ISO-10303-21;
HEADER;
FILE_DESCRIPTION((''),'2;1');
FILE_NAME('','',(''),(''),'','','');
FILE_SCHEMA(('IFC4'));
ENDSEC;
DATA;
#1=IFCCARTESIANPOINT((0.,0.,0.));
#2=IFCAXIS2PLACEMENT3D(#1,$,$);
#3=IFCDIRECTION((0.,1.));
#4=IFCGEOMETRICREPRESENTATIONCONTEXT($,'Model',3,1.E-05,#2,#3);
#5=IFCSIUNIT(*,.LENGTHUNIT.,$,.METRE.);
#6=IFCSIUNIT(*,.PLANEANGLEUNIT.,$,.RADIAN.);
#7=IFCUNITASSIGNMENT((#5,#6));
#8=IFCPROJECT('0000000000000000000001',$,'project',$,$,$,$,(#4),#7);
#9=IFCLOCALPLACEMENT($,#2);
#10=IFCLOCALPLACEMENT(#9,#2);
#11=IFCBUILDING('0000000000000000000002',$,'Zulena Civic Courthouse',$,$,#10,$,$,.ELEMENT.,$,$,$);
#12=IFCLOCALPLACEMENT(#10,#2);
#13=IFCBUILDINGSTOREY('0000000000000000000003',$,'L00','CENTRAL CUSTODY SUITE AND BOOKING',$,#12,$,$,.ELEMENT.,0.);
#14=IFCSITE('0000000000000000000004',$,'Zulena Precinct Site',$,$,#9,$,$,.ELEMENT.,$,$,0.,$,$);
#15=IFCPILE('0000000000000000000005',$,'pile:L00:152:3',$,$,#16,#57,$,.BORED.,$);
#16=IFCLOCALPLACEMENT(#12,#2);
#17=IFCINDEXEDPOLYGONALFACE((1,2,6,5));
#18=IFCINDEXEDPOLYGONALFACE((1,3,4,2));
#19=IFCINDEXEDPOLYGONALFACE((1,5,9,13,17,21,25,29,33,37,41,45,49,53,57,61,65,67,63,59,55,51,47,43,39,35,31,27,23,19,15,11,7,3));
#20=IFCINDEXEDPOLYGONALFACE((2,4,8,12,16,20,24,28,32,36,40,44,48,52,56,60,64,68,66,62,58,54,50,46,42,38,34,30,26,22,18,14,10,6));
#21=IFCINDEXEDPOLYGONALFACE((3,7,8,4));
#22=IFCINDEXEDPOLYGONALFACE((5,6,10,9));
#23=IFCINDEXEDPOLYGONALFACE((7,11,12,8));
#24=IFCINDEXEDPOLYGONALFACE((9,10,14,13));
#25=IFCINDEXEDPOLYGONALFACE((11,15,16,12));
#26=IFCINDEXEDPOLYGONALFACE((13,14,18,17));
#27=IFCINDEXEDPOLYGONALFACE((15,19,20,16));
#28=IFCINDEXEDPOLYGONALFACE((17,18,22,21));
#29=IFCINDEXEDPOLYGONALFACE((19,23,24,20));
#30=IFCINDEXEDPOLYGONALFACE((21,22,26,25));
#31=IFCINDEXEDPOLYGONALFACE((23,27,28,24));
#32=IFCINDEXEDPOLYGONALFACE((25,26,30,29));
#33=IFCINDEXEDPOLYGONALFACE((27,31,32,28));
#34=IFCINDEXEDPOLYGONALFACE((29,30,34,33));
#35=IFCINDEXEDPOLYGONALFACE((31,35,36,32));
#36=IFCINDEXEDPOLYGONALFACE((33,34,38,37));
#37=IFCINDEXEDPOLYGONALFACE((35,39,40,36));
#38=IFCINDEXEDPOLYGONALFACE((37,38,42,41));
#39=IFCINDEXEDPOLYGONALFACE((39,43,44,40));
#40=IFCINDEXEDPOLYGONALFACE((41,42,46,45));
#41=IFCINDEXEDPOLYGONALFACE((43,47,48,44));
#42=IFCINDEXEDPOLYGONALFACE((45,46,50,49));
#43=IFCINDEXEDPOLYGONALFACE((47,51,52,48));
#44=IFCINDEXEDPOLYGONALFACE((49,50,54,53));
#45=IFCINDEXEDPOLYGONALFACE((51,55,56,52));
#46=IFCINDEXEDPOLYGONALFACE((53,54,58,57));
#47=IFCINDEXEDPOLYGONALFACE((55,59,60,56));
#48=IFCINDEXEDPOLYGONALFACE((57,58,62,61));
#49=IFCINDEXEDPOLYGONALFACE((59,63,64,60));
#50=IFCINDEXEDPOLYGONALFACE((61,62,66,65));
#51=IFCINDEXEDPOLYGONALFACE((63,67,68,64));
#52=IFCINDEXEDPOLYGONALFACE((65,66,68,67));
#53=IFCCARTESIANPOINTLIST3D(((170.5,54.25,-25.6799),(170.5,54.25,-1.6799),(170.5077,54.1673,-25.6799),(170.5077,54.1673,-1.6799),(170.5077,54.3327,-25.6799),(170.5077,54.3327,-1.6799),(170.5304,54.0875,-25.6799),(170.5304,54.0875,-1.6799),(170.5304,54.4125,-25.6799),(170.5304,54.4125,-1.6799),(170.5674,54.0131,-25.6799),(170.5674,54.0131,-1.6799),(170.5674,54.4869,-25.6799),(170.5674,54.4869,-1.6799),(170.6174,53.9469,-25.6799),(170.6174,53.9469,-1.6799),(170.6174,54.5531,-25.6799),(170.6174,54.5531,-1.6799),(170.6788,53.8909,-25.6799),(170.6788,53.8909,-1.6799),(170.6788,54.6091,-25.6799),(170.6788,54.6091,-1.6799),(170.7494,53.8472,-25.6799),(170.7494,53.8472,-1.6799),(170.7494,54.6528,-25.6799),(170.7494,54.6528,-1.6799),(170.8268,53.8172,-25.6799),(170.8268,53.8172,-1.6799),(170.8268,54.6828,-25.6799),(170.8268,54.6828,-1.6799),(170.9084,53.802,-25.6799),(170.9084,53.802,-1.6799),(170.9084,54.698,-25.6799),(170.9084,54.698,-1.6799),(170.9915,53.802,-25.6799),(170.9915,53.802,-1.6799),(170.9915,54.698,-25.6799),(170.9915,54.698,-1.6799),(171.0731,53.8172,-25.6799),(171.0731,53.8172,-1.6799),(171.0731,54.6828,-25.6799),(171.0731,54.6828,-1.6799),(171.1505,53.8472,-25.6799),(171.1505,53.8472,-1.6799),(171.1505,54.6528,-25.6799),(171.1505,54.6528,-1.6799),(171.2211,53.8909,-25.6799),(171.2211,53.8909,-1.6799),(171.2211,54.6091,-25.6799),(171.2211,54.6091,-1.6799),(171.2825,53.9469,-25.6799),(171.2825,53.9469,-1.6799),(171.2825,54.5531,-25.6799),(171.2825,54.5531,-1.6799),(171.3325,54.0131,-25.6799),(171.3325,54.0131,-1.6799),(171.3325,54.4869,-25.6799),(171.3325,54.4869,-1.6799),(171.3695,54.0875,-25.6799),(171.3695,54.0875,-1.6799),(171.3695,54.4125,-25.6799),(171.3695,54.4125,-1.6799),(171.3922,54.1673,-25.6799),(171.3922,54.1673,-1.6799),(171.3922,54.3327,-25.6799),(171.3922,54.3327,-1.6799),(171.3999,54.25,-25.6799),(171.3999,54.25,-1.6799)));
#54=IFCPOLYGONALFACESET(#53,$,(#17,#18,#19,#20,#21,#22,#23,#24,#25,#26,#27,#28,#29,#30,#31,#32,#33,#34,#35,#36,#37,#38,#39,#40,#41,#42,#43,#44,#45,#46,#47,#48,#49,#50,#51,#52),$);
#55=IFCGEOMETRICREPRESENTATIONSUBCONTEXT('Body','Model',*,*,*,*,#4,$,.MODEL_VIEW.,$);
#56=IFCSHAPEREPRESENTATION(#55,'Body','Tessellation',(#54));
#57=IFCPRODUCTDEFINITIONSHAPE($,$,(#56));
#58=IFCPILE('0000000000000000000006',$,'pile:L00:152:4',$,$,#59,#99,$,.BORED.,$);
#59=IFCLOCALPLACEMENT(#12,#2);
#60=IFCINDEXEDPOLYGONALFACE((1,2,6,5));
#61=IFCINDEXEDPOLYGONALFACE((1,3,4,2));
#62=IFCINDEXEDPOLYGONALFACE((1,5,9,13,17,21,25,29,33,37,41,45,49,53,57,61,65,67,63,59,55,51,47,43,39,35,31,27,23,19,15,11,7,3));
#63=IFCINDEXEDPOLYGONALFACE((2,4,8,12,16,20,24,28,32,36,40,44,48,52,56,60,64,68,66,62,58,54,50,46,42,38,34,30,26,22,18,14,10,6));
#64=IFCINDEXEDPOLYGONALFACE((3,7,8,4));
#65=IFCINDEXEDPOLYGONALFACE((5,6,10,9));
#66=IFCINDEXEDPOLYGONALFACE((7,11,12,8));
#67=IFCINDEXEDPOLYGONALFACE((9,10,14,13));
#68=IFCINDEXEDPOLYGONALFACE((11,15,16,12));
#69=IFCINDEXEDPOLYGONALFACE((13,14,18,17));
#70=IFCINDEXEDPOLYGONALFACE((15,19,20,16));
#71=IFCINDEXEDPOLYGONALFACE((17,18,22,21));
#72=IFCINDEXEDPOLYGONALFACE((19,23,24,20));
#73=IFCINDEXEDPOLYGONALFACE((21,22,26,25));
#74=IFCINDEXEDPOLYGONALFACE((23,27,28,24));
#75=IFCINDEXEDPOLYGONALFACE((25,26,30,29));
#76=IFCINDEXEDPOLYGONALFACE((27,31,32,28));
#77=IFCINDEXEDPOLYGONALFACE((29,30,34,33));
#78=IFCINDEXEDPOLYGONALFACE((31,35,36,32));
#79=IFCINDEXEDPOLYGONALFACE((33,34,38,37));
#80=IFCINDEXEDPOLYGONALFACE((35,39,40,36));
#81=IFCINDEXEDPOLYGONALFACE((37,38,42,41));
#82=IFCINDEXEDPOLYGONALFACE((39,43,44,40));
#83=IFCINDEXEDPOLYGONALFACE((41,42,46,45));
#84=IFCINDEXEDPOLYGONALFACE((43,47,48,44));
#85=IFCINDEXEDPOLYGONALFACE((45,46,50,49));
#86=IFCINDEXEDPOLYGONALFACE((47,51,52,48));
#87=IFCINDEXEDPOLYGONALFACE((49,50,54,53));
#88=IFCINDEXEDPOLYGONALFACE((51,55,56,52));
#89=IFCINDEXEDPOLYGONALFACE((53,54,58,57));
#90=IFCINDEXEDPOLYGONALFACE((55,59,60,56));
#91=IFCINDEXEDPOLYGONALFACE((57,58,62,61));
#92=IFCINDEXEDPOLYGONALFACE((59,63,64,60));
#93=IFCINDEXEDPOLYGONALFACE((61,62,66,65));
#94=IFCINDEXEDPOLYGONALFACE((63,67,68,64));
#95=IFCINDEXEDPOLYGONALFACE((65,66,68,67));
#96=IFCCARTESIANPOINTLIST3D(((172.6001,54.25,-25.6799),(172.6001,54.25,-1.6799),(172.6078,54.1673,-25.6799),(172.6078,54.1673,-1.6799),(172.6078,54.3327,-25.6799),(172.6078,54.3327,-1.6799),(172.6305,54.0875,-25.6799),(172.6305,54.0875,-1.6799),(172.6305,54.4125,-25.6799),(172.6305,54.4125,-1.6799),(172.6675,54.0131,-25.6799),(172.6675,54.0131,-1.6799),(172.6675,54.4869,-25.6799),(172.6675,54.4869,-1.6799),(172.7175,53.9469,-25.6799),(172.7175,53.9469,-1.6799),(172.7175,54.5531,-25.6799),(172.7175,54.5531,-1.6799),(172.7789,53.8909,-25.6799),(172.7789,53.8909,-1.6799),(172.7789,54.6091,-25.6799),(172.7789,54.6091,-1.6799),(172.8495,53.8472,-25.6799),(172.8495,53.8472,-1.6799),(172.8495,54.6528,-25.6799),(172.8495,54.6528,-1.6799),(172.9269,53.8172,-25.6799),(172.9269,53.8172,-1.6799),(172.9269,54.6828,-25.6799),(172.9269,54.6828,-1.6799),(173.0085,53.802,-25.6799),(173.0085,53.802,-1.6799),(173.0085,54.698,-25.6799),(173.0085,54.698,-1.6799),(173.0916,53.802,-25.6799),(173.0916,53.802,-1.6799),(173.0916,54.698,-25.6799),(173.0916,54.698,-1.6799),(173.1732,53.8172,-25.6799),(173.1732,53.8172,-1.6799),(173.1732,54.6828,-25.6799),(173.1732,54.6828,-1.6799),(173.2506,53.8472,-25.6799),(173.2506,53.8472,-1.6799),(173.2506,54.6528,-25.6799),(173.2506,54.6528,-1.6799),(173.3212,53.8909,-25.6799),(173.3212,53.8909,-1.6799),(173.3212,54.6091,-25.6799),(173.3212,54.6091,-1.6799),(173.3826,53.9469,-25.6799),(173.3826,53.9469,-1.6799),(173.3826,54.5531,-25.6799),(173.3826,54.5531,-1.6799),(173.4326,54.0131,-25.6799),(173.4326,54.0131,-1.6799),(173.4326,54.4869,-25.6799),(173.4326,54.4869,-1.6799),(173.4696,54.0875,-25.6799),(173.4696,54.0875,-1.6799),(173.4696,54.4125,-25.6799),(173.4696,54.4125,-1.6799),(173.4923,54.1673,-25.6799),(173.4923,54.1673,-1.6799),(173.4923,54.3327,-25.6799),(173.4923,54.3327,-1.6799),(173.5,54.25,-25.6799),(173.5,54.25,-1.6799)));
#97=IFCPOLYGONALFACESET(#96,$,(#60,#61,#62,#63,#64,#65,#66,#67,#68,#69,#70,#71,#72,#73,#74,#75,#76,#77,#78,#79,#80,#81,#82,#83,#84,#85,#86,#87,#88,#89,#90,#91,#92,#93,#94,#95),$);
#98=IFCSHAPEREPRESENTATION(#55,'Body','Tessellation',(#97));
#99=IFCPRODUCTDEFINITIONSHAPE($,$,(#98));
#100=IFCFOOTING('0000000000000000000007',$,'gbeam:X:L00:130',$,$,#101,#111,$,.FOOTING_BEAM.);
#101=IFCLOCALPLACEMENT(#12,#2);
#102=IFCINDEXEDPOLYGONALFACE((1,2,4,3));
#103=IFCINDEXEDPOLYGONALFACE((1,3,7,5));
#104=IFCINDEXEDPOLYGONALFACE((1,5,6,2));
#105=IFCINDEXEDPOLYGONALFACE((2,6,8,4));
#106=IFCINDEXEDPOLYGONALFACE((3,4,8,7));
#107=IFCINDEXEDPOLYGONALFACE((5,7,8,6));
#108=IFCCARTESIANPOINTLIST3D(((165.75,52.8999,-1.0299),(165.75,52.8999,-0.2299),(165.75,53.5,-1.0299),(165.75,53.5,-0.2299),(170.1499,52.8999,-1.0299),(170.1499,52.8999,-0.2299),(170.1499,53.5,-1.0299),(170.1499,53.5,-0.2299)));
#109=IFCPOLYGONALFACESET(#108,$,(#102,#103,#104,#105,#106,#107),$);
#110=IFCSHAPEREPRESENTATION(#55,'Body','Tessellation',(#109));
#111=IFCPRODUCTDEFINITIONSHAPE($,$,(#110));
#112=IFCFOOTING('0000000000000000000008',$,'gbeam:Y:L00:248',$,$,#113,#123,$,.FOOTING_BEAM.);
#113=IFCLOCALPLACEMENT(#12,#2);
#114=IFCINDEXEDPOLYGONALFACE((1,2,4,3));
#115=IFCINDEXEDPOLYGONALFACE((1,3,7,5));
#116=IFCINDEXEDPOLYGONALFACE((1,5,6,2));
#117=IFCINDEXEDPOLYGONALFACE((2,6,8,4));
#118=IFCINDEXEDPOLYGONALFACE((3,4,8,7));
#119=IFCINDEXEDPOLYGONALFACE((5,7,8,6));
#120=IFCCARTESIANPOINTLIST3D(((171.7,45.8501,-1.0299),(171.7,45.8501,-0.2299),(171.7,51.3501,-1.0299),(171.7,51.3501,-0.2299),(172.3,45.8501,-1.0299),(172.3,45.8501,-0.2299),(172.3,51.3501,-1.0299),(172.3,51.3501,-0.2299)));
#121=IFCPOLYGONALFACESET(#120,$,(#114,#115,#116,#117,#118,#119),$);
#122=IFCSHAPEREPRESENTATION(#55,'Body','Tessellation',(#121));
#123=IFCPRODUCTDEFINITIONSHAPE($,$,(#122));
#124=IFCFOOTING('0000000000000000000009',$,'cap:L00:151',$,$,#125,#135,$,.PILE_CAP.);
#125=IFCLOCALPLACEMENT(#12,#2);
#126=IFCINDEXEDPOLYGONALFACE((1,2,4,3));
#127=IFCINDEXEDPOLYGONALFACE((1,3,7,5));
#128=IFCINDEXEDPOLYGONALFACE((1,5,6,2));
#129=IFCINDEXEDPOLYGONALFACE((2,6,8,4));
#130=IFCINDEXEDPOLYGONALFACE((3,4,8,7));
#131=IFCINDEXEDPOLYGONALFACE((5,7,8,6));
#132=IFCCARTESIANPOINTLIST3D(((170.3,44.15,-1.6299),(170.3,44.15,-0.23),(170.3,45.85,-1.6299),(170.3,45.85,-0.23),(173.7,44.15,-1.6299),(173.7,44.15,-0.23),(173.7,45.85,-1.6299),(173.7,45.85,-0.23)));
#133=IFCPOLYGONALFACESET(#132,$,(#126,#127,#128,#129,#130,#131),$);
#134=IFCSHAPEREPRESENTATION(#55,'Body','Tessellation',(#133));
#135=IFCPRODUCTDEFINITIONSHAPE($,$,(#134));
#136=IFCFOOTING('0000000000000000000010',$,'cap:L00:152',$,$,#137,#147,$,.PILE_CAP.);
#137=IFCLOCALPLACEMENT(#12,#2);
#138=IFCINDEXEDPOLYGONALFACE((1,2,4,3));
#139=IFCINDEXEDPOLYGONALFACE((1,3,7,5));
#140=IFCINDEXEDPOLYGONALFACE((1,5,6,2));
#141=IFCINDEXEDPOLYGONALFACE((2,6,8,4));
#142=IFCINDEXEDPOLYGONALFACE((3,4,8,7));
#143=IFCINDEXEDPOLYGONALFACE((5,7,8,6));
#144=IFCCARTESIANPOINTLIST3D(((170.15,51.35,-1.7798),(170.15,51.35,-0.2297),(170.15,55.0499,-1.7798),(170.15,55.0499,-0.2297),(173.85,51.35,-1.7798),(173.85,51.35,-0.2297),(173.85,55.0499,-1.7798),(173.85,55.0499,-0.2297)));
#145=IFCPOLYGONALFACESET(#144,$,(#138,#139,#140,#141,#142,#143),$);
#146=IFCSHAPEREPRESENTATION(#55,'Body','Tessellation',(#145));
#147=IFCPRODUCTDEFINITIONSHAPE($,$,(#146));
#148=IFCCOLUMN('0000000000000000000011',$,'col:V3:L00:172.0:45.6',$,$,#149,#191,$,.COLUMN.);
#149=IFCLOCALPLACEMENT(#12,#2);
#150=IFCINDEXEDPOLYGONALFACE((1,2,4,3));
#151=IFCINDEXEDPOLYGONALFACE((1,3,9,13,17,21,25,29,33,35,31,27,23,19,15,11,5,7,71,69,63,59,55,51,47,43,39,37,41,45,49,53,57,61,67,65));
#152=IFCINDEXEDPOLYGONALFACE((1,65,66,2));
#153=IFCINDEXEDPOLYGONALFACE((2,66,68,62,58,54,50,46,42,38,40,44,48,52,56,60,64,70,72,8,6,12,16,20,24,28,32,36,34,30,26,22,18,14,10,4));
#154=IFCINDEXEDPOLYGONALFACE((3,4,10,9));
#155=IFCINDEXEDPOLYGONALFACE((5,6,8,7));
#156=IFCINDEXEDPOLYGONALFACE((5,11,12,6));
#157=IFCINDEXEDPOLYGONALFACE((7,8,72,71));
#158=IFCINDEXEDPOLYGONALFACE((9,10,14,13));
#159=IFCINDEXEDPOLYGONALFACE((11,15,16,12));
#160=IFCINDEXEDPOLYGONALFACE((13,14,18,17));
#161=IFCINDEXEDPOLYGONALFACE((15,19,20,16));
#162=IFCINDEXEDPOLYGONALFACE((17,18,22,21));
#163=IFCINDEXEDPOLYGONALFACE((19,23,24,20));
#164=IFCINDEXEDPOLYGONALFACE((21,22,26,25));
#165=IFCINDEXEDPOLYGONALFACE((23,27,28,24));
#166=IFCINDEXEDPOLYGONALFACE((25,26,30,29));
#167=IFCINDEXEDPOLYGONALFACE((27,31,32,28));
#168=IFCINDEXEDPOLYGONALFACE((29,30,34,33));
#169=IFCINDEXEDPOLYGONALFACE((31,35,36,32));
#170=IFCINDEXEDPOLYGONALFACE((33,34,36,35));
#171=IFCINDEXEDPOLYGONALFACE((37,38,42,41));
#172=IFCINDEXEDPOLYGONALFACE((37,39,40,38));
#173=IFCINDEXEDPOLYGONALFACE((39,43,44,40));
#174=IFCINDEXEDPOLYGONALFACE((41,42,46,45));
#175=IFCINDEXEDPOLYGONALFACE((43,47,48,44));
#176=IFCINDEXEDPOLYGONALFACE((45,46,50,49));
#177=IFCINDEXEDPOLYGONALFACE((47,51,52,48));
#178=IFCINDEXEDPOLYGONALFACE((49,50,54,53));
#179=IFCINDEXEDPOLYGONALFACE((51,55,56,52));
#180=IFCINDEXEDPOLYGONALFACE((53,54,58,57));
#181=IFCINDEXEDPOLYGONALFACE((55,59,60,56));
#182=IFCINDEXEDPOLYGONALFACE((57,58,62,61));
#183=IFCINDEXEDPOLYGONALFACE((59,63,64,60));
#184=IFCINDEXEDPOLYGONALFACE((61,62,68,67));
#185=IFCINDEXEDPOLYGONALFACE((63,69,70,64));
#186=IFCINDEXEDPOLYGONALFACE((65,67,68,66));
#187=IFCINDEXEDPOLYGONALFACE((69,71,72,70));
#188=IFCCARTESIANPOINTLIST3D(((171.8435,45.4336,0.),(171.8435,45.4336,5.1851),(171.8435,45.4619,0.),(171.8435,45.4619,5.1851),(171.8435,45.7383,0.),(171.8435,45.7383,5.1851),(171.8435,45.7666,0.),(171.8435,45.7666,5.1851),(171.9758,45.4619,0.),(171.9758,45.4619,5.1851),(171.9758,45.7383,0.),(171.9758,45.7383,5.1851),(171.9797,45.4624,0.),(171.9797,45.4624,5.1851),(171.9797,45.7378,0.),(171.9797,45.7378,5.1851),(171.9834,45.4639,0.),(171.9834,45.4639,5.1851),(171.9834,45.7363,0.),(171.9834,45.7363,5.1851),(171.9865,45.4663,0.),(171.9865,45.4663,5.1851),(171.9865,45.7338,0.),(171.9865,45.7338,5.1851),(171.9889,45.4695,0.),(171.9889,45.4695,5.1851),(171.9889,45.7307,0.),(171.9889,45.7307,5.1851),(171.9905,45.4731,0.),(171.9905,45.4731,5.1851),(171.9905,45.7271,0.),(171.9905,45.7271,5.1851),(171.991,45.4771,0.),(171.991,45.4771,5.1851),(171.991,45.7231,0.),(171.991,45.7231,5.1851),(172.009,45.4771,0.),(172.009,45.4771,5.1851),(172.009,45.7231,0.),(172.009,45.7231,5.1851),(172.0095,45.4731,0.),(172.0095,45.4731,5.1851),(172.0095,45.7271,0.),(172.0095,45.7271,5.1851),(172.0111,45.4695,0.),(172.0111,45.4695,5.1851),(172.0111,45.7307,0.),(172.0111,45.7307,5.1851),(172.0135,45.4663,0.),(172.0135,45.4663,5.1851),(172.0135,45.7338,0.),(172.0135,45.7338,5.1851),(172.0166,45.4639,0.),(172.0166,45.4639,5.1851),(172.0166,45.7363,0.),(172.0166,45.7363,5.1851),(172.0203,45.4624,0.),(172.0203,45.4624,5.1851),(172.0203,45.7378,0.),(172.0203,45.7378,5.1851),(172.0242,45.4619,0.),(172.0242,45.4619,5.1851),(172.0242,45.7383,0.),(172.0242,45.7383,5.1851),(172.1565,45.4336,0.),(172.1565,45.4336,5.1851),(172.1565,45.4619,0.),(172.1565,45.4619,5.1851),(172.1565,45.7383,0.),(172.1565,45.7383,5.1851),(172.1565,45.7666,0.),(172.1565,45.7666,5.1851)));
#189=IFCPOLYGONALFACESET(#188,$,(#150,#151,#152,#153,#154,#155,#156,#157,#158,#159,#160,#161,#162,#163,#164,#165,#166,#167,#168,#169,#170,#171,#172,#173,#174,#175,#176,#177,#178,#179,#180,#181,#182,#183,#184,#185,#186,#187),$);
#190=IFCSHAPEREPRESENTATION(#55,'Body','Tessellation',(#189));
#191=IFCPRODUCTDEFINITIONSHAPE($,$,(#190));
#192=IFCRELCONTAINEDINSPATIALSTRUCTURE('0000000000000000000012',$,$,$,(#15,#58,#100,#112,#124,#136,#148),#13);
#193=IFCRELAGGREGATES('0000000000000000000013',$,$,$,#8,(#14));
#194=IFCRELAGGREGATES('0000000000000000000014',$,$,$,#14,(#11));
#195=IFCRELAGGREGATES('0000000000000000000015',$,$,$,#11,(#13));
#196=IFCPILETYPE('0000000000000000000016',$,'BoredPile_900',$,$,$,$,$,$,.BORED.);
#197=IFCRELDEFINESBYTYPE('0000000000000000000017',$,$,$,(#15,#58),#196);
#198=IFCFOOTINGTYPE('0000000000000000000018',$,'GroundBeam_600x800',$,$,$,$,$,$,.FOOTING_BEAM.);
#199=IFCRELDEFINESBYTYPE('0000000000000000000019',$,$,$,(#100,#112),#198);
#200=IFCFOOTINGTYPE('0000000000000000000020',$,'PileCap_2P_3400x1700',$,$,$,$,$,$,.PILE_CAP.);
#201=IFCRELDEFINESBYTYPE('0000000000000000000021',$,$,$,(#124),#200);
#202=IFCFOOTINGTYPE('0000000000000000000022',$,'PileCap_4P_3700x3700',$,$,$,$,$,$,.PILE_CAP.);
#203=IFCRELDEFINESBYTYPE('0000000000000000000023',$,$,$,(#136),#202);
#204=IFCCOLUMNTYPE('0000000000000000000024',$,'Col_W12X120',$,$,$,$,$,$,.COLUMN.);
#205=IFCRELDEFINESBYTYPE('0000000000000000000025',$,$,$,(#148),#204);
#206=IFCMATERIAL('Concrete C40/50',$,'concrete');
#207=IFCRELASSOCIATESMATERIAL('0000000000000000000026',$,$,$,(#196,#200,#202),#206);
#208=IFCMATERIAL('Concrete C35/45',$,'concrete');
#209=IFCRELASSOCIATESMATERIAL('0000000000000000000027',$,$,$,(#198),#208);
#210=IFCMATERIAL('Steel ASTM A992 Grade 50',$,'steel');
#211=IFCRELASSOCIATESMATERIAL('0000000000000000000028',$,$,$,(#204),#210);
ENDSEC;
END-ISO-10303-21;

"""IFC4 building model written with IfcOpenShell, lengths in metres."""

from ifc_helpers import new_model, si_unit, direction, frame, origin, origin_2d, place, context, subcontext, project, spatial, rectangle, circle, i_section, extrude, material, material_profile, profile_set, type_object, element, save


model = new_model("IFC4")

# Units and contexts
model_context = context("Model", 3, precision=1e-05, world=origin(), true_north=direction((0.0, 1.0)))
body_context = subcontext(model_context, "Body", "Model", "MODEL_VIEW")
ifc_project = project(units=[si_unit("LENGTHUNIT", "METRE"), si_unit("PLANEANGLEUNIT", "RADIAN")], contexts=[model_context])

# Site, building, storey
site_placement = place(None, origin())
site = spatial("IfcSite", under=ifc_project, at=site_placement, Name="Zulena Precinct Site", CompositionType="ELEMENT", RefElevation=0.0)
building_placement = place(site_placement, origin())
building = spatial("IfcBuilding", under=site, at=building_placement, Name="Zulena Civic Courthouse", CompositionType="ELEMENT")
storey_placement = place(building_placement, origin())
storey = spatial("IfcBuildingStorey", under=building, at=storey_placement, Name="L00", Description="CENTRAL CUSTODY SUITE AND BOOKING", CompositionType="ELEMENT", Elevation=0.0)

# Piles
ifc_material_1 = material(Name="Concrete C40/50", Category="concrete")
ifc_material_profile_1 = material_profile(ifc_material_1, circle(Radius=0.45, at=origin_2d()), Name="PILE900")
ifc_profile_set_1 = profile_set([ifc_material_profile_1], Name="Concrete C40/50")
pile_type = type_object("IfcPileType", Name="BoredPile_900", PredefinedType="BORED", material=ifc_profile_set_1)
for number, where, z_axis, x_axis, name in (
    (1, (170.95, 54.25, -1.6799), (0.0, 0.0, -1.0), (1.0, 0.0, 0.0), "pile:L00:152:3"),
    (2, (173.05, 54.25, -1.6799), (0.0, 0.0, -1.0), (1.0, 0.0, 0.0), "pile:L00:152:4"),
):
    element("IfcPile", number, at=place(storey_placement, frame(where, z_axis=z_axis, x_axis=x_axis)), inside=storey, type_object=pile_type, Name=name, PredefinedType="BORED", context=body_context, shape_type="SweptSolid", body=[
        extrude(circle(Radius=0.45, at=origin_2d()), origin(), (0.0, 0.0, 1.0), 24.0),
    ])

# Footings
ifc_material_2 = material(Name="Concrete C35/45", Category="concrete")
ifc_material_profile_2 = material_profile(ifc_material_2, rectangle(XDim=0.6001, YDim=0.8, at=origin_2d()), Name="RC600X800")
ifc_profile_set_2 = profile_set([ifc_material_profile_2], Name="Concrete C35/45")
footing_type_1 = type_object("IfcFootingType", Name="GroundBeam_600x800", PredefinedType="FOOTING_BEAM", material=ifc_profile_set_2)
footing_1_placement = place(storey_placement, frame((165.75, 53.2, -0.6299), z_axis=(1.0, 0.0, 0.0), x_axis=(0.0, 1.0, 0.0)))
element("IfcFooting", 3, at=footing_1_placement, inside=storey, type_object=footing_type_1, Name="gbeam:X:L00:130", PredefinedType="FOOTING_BEAM", context=body_context, shape_type="SweptSolid", body=[
    extrude(rectangle(XDim=0.6001, YDim=0.8, at=origin_2d()), origin(), (0.0, 0.0, 1.0), 4.3999),
])
footing_2_placement = place(storey_placement, frame((172.0, 45.8501, -0.6299), z_axis=(0.0, 1.0, 0.0), x_axis=(-1.0, 0.0, 0.0)))
element("IfcFooting", 4, at=footing_2_placement, inside=storey, type_object=footing_type_1, Name="gbeam:Y:L00:248", PredefinedType="FOOTING_BEAM", context=body_context, shape_type="SweptSolid", body=[
    extrude(rectangle(XDim=0.6001, YDim=0.8, at=origin_2d()), origin(), (0.0, 0.0, 1.0), 5.5),
])
footing_type_2 = type_object("IfcFootingType", Name="PileCap_2P_3400x1700", PredefinedType="PILE_CAP", material=ifc_material_1)
footing_3_placement = place(storey_placement, frame((172.0, 45.0, -1.6299), z_axis=(0.0, 0.0, 1.0), x_axis=(1.0, 0.0, 0.0)))
element("IfcFooting", 5, at=footing_3_placement, inside=storey, type_object=footing_type_2, Name="cap:L00:151", PredefinedType="PILE_CAP", context=body_context, shape_type="SweptSolid", body=[
    extrude(rectangle(XDim=3.3999, YDim=1.7, at=origin_2d()), origin(), (0.0, 0.0, 1.0), 1.3999),
])
footing_type_3 = type_object("IfcFootingType", Name="PileCap_4P_3700x3700", PredefinedType="PILE_CAP", material=ifc_material_1)
footing_4_placement = place(storey_placement, frame((172.0, 53.2, -1.7798), z_axis=(0.0, 0.0, 1.0), x_axis=(1.0, 0.0, 0.0)))
element("IfcFooting", 6, at=footing_4_placement, inside=storey, type_object=footing_type_3, Name="cap:L00:152", PredefinedType="PILE_CAP", context=body_context, shape_type="SweptSolid", body=[
    extrude(rectangle(XDim=3.7, YDim=3.7, at=origin_2d()), origin(), (0.0, 0.0, 1.0), 1.55),
])

# Column
ifc_material_3 = material(Name="Steel ASTM A992 Grade 50", Category="steel")
ifc_material_profile_3 = material_profile(ifc_material_3, i_section(OverallWidth=0.313, OverallDepth=0.333, WebThickness=0.0181, FlangeThickness=0.0283, FilletRadius=0.0151, at=origin_2d()), Name="W12X120")
ifc_profile_set_3 = profile_set([ifc_material_profile_3], Name="Steel ASTM A992 Grade 50")
column_type_1 = type_object("IfcColumnType", Name="Col_W12X120", PredefinedType="COLUMN", material=ifc_profile_set_3)
column_1_placement = place(storey_placement, frame((172.0, 45.6001, 0.0), z_axis=(0.0, 0.0, 1.0), x_axis=(1.0, 0.0, 0.0)))
element("IfcColumn", 7, at=column_1_placement, inside=storey, type_object=column_type_1, Name="col:V3:L00:172.0:45.6", PredefinedType="COLUMN", context=body_context, shape_type="SweptSolid", body=[
    extrude(i_section(OverallWidth=0.313, OverallDepth=0.333, WebThickness=0.0181, FlangeThickness=0.0283, FilletRadius=0.0151, at=origin_2d()), origin(), (0.0, 0.0, 1.0), 5.1851),
])

save(model, "model.ifc")
